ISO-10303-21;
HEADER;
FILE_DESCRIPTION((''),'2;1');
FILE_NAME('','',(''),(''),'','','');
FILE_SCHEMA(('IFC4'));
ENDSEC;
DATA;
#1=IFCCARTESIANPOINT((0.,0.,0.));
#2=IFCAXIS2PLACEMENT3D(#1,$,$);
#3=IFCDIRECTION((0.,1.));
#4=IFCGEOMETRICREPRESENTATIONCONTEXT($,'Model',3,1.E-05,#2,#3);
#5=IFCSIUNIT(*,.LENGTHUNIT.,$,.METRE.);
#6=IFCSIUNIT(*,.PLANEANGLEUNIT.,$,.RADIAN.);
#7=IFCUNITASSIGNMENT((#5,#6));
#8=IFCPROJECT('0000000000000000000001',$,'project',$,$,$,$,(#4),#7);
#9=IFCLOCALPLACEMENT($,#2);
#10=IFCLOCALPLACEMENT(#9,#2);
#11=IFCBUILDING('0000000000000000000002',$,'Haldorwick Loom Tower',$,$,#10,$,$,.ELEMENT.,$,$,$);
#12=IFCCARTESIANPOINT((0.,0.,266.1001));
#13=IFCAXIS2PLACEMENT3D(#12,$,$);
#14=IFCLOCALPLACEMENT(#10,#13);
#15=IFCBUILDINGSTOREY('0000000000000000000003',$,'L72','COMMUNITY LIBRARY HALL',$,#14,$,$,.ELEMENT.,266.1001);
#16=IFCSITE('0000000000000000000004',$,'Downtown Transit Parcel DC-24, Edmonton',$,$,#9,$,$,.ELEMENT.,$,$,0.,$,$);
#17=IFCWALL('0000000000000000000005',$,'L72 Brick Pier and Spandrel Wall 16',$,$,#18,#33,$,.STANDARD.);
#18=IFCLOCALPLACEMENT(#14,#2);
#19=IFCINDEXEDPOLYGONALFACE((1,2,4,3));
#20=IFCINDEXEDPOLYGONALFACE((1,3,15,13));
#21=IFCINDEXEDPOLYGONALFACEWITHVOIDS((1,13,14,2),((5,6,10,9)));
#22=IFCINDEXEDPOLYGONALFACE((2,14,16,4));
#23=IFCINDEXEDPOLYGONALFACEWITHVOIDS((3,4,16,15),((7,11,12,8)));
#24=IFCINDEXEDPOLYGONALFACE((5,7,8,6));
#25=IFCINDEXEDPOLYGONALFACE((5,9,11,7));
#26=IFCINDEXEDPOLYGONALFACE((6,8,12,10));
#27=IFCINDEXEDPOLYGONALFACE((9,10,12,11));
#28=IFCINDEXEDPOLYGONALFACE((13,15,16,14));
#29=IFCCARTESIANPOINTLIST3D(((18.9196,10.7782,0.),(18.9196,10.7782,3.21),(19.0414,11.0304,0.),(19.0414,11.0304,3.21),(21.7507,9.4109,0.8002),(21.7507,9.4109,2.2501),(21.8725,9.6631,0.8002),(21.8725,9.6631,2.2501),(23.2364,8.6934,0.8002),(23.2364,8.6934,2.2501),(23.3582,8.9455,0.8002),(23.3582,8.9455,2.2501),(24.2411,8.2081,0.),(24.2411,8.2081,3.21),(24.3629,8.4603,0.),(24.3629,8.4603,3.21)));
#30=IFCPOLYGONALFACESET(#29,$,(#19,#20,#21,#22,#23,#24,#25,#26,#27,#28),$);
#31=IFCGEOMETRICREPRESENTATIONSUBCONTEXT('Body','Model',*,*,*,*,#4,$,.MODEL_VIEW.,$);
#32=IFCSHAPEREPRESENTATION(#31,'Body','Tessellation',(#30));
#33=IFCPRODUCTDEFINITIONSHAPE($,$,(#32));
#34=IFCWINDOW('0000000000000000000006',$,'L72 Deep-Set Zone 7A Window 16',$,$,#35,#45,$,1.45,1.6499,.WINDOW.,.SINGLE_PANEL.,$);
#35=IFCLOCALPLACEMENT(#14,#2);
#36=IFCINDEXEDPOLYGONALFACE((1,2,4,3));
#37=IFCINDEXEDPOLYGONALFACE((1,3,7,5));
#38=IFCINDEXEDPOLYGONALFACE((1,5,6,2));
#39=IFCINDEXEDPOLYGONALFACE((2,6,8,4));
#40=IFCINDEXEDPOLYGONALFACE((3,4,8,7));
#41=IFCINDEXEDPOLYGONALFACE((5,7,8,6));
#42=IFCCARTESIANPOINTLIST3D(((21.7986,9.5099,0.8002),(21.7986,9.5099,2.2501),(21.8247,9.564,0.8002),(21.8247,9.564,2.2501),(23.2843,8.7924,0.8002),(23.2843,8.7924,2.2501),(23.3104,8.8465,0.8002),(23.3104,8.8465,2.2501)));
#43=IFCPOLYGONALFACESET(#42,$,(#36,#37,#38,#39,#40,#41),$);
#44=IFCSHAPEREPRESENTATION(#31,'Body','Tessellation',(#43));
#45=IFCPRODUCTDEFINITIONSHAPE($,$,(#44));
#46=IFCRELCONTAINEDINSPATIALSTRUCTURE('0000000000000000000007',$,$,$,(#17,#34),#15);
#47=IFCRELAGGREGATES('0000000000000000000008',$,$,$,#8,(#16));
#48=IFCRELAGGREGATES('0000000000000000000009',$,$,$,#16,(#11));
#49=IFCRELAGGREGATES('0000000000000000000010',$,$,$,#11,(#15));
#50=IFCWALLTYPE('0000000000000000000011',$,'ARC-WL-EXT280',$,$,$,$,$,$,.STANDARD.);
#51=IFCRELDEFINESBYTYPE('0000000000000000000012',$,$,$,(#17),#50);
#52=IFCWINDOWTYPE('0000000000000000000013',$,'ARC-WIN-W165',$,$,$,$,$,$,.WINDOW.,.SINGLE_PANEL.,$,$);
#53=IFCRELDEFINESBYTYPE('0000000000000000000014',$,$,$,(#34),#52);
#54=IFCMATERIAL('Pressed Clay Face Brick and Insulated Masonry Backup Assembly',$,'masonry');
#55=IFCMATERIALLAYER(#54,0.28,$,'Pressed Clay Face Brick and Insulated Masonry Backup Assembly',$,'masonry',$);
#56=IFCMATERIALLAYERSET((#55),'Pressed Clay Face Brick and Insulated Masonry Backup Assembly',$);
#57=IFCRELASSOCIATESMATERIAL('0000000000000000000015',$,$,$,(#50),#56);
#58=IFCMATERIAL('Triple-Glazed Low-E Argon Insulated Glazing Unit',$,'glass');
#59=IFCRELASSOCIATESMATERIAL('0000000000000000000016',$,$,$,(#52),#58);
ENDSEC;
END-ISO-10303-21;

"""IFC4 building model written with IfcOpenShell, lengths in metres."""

from ifc_helpers import new_model, si_unit, direction, frame, frame_2d, origin, place, context, subcontext, project, spatial, rectangle, extrude, material, layer, layer_set, type_object, element, fill, save


model = new_model("IFC4")

# Units and contexts
model_context = context("Model", 3, precision=1e-05, world=origin(), true_north=direction((0.0, 1.0)))
body_context = subcontext(model_context, "Body", "Model", "MODEL_VIEW")
ifc_project = project(units=[si_unit("LENGTHUNIT", "METRE"), si_unit("PLANEANGLEUNIT", "RADIAN")], contexts=[model_context])

# Site, building, storey
site_placement = place(None, origin())
site = spatial("IfcSite", under=ifc_project, at=site_placement, Name="Downtown Transit Parcel DC-24, Edmonton", CompositionType="ELEMENT", RefElevation=0.0)
building_placement = place(site_placement, origin())
building = spatial("IfcBuilding", under=site, at=building_placement, Name="Haldorwick Loom Tower", CompositionType="ELEMENT")
storey_placement = place(building_placement, frame((0.0, 0.0, 266.1001)))
storey = spatial("IfcBuildingStorey", under=building, at=storey_placement, Name="L72", Description="COMMUNITY LIBRARY HALL", CompositionType="ELEMENT", Elevation=266.1001)

# Shared definitions
ifc_material_1 = material(Name="Pressed Clay Face Brick and Insulated Masonry Backup Assembly", Category="masonry")
ifc_layer_1 = layer(ifc_material_1, 0.28, Name="Pressed Clay Face Brick and Insulated Masonry Backup Assembly", Category="masonry")
ifc_layer_set_1 = layer_set([ifc_layer_1], Name="Pressed Clay Face Brick and Insulated Masonry Backup Assembly")
wall_type = type_object("IfcWallType", Name="ARC-WL-EXT280", PredefinedType="STANDARD", material=ifc_layer_set_1)

# Wall, opening, window
wall_1_placement = place(storey_placement, frame((18.9805, 10.9043, 0.0), z_axis=(0.0, 0.0, 1.0), x_axis=(0.900482, -0.434893, 0.0)))
wall_1 = element("IfcWall", 1, at=wall_1_placement, inside=storey, type_object=wall_type, Name="L72 Brick Pier and Spandrel Wall 16", PredefinedType="STANDARD", context=body_context, shape_type="SweptSolid", body=[
    extrude(rectangle(XDim=5.9097, YDim=0.28, at=frame_2d((2.9548, 0.0))), origin(), (0.0, 0.0, 1.0), 3.21),
])
opening_1_placement = place(wall_1_placement, frame((3.144, 0.0, 0.8)))
opening_1 = element("IfcOpeningElement", 2, at=opening_1_placement, cuts=wall_1, PredefinedType="OPENING", context=body_context, shape_type="SweptSolid", body=[
    extrude(rectangle(XDim=1.6499, YDim=1.45, at=frame_2d((0.825, 0.7251))), frame((0.0, 0.1499, 0.0), z_axis=(0.0, -1.0, 0.0), x_axis=(1.0, 0.0, 0.0)), (0.0, 0.0, 1.0), 0.3),
])
ifc_material_2 = material(Name="Triple-Glazed Low-E Argon Insulated Glazing Unit", Category="glass")
window_type = type_object("IfcWindowType", Name="ARC-WIN-W165", PartitioningType="SINGLE_PANEL", PredefinedType="WINDOW", material=ifc_material_2)
window_placement = place(opening_1_placement, origin())
window = element("IfcWindow", 3, at=window_placement, inside=storey, type_object=window_type, Name="L72 Deep-Set Zone 7A Window 16", OverallHeight=1.45, OverallWidth=1.6499, PartitioningType="SINGLE_PANEL", PredefinedType="WINDOW", context=body_context, shape_type="SweptSolid", body=[
    extrude(rectangle(XDim=1.6499, YDim=1.45, at=frame_2d((0.825, 0.7251))), frame((0.0, 0.03, 0.0), z_axis=(0.0, -1.0, 0.0), x_axis=(1.0, 0.0, 0.0)), (0.0, 0.0, 1.0), 0.0601),
])
fill(opening_1, window)

save(model, "model.ifc")
